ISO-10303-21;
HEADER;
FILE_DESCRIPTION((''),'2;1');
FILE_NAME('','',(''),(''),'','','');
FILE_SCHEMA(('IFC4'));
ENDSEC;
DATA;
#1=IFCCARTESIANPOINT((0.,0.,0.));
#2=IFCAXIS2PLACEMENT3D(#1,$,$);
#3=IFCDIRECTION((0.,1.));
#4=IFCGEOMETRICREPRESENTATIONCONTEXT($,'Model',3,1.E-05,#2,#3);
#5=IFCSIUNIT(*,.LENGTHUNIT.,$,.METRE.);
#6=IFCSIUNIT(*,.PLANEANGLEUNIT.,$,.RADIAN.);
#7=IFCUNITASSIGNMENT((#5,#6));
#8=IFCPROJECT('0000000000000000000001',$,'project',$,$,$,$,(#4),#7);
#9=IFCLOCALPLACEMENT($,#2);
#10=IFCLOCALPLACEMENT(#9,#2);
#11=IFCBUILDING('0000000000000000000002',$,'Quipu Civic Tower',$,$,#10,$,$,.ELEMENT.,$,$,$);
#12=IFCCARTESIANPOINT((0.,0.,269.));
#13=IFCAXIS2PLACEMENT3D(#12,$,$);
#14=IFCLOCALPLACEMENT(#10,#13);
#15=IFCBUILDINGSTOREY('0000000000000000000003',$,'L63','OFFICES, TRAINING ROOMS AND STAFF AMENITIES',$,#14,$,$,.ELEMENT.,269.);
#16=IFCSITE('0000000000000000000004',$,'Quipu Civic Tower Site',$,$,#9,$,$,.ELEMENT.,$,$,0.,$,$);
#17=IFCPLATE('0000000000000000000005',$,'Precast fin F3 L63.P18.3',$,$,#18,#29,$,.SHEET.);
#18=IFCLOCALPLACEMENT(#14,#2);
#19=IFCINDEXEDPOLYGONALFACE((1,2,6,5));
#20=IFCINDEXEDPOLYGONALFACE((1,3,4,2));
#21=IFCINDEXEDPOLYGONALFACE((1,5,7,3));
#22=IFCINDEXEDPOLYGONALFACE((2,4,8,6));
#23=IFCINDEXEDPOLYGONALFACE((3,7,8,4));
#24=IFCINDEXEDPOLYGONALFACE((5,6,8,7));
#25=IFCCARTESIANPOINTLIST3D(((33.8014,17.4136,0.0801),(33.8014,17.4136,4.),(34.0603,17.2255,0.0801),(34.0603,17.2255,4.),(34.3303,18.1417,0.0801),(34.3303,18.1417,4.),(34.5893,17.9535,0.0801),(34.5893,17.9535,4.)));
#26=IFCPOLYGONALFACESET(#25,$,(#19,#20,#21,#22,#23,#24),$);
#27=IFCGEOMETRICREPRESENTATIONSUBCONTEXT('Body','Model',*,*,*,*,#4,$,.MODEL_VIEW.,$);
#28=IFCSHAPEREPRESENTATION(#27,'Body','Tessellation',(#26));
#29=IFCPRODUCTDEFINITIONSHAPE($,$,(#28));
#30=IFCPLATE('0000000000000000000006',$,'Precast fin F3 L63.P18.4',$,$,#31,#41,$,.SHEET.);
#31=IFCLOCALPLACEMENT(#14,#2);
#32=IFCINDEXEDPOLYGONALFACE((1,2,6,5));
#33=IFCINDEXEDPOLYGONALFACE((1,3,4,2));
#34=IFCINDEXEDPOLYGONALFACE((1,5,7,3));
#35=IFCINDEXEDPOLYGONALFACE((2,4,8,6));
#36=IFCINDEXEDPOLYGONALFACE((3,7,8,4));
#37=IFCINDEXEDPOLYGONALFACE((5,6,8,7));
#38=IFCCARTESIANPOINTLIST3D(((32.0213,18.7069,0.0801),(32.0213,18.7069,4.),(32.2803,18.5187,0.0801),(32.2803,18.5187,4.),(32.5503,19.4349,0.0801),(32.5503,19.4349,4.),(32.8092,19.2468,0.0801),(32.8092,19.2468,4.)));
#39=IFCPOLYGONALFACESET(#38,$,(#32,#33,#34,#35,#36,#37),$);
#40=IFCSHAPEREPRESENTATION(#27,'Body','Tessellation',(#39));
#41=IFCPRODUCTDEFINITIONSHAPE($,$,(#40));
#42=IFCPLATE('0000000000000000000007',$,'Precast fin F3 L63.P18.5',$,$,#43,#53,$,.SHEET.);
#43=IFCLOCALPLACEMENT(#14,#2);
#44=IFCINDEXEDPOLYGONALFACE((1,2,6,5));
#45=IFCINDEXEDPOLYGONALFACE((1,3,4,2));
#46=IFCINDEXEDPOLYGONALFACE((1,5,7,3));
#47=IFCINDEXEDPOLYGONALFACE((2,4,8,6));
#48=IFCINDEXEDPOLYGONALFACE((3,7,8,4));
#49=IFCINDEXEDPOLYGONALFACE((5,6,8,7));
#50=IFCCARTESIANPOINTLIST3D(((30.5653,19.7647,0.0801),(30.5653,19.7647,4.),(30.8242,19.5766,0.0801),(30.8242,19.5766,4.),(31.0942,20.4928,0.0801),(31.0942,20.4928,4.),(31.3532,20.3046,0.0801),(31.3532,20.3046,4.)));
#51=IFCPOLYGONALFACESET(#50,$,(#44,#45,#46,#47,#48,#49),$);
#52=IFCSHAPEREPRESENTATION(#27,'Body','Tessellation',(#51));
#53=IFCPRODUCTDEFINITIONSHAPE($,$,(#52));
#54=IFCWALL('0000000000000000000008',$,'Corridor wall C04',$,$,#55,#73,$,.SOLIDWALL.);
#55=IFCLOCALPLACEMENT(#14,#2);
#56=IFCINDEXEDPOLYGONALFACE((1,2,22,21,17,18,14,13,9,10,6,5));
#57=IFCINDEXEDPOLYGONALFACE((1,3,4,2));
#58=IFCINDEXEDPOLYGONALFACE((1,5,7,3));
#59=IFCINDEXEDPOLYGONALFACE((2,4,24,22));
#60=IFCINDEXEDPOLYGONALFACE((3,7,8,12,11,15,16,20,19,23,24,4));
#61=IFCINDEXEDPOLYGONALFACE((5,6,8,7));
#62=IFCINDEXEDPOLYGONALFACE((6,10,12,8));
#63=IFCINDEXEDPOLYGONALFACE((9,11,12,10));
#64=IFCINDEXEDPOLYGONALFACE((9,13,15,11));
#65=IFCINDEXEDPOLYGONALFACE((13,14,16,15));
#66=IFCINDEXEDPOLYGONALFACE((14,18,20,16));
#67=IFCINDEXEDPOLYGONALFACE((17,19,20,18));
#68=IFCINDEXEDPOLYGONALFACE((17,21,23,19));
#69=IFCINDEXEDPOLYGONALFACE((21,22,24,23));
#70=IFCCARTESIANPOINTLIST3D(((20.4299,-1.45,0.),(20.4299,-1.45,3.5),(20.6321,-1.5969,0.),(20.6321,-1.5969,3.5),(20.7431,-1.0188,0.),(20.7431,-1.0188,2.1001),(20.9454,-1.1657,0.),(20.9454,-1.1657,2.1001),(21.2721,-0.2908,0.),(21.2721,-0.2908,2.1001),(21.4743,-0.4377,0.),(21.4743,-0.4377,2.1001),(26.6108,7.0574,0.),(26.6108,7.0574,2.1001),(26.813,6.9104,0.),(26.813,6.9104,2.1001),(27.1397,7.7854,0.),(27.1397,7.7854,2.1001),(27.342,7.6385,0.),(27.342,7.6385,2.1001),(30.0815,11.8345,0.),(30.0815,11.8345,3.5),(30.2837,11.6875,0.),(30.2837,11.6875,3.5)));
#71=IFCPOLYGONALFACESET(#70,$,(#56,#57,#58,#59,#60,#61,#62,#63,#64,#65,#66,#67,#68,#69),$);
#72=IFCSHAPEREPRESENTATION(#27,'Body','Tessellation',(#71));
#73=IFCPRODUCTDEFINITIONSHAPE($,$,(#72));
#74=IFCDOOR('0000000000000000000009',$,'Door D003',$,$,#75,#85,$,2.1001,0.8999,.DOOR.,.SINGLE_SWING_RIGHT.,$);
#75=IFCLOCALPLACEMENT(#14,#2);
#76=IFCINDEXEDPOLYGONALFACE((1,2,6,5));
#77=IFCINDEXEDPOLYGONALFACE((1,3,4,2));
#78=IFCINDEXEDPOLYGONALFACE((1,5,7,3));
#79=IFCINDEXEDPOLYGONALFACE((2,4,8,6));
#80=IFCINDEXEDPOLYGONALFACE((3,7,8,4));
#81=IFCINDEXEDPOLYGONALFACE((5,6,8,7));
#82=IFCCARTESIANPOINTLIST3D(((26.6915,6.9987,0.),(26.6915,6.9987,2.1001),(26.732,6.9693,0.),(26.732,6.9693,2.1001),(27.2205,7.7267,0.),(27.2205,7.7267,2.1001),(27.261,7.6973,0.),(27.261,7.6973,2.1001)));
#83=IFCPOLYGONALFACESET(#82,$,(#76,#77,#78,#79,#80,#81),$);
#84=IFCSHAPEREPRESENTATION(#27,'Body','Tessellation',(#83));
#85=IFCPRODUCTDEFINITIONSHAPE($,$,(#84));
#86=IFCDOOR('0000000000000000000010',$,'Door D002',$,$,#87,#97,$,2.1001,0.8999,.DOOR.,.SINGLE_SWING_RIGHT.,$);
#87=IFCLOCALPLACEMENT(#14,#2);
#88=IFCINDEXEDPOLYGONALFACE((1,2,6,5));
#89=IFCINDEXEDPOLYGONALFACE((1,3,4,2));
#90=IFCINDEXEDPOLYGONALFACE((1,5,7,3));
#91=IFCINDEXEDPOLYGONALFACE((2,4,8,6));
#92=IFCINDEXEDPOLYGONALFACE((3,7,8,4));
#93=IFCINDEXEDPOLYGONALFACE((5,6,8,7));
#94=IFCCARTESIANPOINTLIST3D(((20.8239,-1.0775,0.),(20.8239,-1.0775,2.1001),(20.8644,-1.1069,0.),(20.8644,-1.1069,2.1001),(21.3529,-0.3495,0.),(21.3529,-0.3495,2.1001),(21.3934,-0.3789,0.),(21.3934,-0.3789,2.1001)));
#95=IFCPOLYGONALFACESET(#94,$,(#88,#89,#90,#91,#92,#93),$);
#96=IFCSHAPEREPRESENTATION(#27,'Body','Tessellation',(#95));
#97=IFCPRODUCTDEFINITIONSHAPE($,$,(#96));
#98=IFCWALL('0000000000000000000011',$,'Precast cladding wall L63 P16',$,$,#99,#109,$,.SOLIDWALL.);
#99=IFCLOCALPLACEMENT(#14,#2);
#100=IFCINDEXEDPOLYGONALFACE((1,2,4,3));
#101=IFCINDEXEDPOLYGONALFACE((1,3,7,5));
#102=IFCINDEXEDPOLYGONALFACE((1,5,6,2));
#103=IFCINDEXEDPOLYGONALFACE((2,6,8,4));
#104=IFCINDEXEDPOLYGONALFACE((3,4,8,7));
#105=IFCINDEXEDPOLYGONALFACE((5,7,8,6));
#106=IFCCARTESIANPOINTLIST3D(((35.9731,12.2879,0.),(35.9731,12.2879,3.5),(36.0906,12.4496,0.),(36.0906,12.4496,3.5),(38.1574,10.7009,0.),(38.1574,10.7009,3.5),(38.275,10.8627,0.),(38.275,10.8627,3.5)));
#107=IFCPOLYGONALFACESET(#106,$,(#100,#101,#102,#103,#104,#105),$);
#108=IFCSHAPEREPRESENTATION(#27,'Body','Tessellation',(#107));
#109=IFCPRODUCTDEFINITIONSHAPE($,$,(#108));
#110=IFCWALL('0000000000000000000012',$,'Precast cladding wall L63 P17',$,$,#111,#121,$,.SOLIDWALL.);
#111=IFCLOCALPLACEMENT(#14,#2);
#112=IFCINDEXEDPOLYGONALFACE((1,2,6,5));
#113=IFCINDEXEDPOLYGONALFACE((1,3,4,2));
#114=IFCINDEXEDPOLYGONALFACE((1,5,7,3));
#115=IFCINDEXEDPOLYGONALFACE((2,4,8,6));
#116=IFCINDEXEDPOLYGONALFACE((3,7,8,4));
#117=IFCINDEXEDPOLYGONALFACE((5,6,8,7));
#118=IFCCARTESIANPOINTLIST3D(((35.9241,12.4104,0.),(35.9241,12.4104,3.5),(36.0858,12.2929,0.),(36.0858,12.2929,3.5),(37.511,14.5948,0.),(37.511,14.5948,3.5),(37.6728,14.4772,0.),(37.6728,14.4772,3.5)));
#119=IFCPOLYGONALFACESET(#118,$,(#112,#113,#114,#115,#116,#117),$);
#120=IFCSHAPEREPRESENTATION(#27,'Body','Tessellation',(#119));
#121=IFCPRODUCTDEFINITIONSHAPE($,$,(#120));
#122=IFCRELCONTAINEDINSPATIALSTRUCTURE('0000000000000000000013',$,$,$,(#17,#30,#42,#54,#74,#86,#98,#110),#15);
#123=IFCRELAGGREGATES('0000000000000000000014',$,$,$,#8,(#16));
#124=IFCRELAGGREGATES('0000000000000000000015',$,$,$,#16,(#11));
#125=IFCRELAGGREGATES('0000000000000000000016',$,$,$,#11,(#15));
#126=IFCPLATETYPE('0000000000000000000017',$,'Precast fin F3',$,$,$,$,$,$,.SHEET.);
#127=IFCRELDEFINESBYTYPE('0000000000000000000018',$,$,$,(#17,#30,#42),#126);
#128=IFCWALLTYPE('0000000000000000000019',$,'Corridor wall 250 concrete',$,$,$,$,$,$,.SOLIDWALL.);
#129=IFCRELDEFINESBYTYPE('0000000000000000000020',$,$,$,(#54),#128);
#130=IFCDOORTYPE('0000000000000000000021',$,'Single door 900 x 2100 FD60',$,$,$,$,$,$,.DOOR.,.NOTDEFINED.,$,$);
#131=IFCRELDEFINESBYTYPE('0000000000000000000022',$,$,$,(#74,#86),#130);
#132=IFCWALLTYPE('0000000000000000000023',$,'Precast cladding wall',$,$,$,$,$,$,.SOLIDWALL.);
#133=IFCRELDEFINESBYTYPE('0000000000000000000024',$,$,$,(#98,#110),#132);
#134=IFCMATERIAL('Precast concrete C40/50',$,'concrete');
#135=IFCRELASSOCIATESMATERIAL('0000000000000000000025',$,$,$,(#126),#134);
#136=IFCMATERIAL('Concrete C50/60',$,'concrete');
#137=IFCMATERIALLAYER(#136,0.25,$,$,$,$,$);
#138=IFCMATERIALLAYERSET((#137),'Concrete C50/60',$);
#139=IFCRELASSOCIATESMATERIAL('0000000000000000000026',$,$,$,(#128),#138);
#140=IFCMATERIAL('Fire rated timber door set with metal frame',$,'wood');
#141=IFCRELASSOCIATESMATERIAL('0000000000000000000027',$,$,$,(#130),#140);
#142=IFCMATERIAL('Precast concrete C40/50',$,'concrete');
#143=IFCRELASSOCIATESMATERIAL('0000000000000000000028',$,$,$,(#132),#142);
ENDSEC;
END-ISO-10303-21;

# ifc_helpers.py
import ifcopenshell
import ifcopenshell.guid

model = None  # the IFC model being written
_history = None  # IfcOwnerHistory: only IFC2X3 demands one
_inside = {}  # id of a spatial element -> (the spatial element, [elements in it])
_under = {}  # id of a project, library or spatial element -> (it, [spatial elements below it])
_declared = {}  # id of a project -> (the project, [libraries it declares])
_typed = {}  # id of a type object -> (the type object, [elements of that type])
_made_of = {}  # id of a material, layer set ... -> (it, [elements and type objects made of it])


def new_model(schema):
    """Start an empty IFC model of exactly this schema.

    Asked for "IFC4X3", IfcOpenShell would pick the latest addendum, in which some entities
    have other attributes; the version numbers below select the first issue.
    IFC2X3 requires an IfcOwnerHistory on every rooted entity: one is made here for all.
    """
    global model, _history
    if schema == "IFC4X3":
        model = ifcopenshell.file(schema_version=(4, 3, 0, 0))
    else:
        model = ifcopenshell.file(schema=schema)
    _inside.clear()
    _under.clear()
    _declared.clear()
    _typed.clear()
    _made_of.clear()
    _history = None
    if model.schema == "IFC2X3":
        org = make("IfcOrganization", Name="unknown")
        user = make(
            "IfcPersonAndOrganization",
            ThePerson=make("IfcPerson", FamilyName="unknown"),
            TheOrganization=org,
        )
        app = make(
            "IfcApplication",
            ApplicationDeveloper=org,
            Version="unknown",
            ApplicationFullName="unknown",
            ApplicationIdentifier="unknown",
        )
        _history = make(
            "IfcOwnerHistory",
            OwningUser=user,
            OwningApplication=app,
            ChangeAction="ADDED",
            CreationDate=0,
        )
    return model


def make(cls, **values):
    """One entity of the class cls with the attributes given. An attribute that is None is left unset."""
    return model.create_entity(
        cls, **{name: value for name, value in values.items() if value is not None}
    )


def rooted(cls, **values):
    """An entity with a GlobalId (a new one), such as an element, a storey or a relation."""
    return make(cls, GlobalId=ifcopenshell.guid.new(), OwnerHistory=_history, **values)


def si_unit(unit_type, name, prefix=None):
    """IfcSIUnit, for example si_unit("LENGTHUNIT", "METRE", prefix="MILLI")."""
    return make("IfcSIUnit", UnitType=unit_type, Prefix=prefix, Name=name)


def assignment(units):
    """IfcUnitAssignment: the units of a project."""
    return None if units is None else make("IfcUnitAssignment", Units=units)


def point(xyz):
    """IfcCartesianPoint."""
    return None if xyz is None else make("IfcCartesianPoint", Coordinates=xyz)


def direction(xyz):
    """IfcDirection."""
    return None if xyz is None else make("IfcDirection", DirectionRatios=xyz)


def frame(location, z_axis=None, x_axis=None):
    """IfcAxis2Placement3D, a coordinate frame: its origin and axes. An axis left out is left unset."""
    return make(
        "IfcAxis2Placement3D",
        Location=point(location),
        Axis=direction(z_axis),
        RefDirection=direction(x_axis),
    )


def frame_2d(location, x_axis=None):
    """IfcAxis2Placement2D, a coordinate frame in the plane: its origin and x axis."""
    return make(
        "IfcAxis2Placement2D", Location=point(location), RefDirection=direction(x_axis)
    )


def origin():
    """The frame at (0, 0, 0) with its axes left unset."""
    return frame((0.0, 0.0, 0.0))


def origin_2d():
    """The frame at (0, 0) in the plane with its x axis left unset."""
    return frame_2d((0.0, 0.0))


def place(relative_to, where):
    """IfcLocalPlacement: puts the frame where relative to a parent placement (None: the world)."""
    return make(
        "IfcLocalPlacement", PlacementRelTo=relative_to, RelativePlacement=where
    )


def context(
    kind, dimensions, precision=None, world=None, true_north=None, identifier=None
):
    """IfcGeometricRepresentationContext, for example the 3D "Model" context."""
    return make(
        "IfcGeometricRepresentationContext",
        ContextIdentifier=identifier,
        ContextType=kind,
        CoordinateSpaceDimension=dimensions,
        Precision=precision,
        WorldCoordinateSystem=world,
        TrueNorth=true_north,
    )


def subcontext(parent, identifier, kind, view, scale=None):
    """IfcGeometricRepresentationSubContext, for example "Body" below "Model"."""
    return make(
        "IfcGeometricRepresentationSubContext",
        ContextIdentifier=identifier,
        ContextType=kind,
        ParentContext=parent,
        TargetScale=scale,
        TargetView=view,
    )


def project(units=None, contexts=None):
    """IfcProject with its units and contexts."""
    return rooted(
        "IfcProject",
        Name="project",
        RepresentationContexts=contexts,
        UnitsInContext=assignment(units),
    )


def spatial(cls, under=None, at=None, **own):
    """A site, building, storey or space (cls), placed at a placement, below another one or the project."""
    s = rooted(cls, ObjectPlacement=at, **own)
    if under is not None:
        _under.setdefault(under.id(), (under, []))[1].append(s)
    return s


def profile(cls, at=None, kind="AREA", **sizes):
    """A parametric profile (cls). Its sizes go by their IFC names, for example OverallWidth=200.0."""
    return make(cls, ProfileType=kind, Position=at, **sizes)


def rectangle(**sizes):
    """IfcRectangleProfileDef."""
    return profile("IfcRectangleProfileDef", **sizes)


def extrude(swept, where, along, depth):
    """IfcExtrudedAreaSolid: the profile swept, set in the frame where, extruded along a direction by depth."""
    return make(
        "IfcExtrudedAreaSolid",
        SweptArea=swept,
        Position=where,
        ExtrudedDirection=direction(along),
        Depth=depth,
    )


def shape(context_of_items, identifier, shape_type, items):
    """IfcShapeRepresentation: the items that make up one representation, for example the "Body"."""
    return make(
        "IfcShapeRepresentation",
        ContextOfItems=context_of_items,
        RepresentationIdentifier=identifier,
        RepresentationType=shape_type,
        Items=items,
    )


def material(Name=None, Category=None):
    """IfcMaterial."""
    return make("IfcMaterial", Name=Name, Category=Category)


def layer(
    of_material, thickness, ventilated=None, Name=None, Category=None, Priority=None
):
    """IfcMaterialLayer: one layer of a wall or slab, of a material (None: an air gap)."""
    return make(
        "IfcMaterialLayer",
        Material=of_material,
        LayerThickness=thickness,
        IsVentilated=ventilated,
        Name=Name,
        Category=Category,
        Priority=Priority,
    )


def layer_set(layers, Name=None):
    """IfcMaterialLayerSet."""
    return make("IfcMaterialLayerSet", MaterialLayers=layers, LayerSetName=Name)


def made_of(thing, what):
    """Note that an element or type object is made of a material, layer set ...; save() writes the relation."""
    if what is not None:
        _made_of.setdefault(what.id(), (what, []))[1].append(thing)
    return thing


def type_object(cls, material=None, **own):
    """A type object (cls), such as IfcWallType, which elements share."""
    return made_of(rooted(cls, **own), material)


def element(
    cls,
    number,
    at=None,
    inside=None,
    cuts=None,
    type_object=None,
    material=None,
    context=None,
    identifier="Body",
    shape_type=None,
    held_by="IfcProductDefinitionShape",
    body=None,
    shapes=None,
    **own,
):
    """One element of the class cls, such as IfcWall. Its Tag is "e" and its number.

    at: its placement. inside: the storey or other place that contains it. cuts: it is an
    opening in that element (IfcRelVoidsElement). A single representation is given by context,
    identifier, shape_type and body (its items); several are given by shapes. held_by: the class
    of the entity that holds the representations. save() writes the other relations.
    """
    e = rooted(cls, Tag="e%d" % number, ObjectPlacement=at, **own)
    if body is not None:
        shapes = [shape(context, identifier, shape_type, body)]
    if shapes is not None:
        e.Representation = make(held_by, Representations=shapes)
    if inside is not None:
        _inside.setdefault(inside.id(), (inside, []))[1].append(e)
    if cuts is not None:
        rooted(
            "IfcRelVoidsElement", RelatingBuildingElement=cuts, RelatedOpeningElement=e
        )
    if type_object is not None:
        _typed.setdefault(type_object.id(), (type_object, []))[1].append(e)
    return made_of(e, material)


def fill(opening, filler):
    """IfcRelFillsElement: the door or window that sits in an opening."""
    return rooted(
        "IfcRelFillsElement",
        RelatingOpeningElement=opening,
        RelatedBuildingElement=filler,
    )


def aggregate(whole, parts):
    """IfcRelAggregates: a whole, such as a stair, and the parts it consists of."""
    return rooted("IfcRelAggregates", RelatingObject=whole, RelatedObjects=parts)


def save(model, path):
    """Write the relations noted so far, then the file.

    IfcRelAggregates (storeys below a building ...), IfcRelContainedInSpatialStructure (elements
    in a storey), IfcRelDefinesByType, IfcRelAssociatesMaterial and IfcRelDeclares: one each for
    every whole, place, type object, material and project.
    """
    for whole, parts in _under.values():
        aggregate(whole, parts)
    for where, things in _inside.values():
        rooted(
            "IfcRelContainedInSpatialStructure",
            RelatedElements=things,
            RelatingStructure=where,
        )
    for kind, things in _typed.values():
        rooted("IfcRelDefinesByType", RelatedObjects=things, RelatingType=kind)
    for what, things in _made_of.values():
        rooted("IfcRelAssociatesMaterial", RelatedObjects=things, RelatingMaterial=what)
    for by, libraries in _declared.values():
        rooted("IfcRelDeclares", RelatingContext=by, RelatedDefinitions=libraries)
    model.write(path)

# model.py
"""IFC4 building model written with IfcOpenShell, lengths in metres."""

from ifc_helpers import new_model, si_unit, direction, frame, frame_2d, origin, origin_2d, place, context, subcontext, project, spatial, rectangle, extrude, material, layer, layer_set, type_object, element, fill, save


model = new_model("IFC4")

# Units and contexts
model_context = context("Model", 3, precision=1e-05, world=origin(), true_north=direction((0.0, 1.0)))
body_context = subcontext(model_context, "Body", "Model", "MODEL_VIEW")
ifc_project = project(units=[si_unit("LENGTHUNIT", "METRE"), si_unit("PLANEANGLEUNIT", "RADIAN")], contexts=[model_context])

# Site, building, storey
site_placement = place(None, origin())
site = spatial("IfcSite", under=ifc_project, at=site_placement, Name="Quipu Civic Tower Site", CompositionType="ELEMENT", RefElevation=0.0)
building_placement = place(site_placement, origin())
building = spatial("IfcBuilding", under=site, at=building_placement, Name="Quipu Civic Tower", CompositionType="ELEMENT")
storey_placement = place(building_placement, frame((0.0, 0.0, 269.0)))
storey = spatial("IfcBuildingStorey", under=building, at=storey_placement, Name="L63", Description="OFFICES, TRAINING ROOMS AND STAFF AMENITIES", CompositionType="ELEMENT", Elevation=269.0)

# Plates
ifc_material_1 = material(Name="Precast concrete C40/50", Category="concrete")
plate_type_1 = type_object("IfcPlateType", Name="Precast fin F3", PredefinedType="SHEET", material=ifc_material_1)
for number, where, z_axis, x_axis, name in (
    (1, (34.1953, 17.6836, 0.0801), (0.0, 0.0, 1.0), (-0.809017, 0.587785, 0.0), "Precast fin F3 L63.P18.3"),
    (2, (32.4153, 18.9768, 0.0801), (0.0, 0.0, 1.0), (-0.809017, 0.587785, 0.0), "Precast fin F3 L63.P18.4"),
    (3, (30.9592, 20.0347, 0.0801), (0.0, 0.0, 1.0), (-0.809017, 0.587785, 0.0), "Precast fin F3 L63.P18.5"),
):
    element("IfcPlate", number, at=place(storey_placement, frame(where, z_axis=z_axis, x_axis=x_axis)), inside=storey, type_object=plate_type_1, Name=name, PredefinedType="SHEET", context=body_context, shape_type="SweptSolid", body=[
        extrude(rectangle(XDim=0.3201, YDim=0.8999, at=origin_2d()), origin(), (0.0, 0.0, 1.0), 3.9199),
    ])

# Wall, openings, doors
ifc_material_2 = material(Name="Concrete C50/60", Category="concrete")
ifc_layer_1 = layer(ifc_material_2, 0.25)
ifc_layer_set_1 = layer_set([ifc_layer_1], Name="Concrete C50/60")
wall_type_1 = type_object("IfcWallType", Name="Corridor wall 250 concrete", PredefinedType="SOLIDWALL", material=ifc_layer_set_1)
wall_placement = place(storey_placement, frame((30.1826, 11.761, 0.0), z_axis=(0.0, 0.0, 1.0), x_axis=(-0.587782, -0.80902, 0.0)))
wall = element("IfcWall", 4, at=wall_placement, inside=storey, type_object=wall_type_1, Name="Corridor wall C04", PredefinedType="SOLIDWALL", context=body_context, shape_type="SweptSolid", body=[
    extrude(rectangle(XDim=16.4204, YDim=0.25, at=frame_2d((8.2102, 0.0))), origin(), (0.0, 0.0, 1.0), 3.5),
])
opening_1_placement = place(wall_placement, frame((5.0049, 0.0, 0.0)))
opening_1 = element("IfcOpeningElement", 5, at=opening_1_placement, cuts=wall, PredefinedType="OPENING", context=body_context, shape_type="SweptSolid", body=[
    extrude(rectangle(XDim=0.8999, YDim=2.1001, at=frame_2d((0.45, 1.05))), frame((0.0, 0.135, 0.0), z_axis=(0.0, -1.0, 0.0), x_axis=(1.0, 0.0, 0.0)), (0.0, 0.0, 1.0), 0.27),
])
opening_2_placement = place(wall_placement, frame((14.9875, 0.0, 0.0)))
opening_2 = element("IfcOpeningElement", 6, at=opening_2_placement, cuts=wall, PredefinedType="OPENING", context=body_context, shape_type="SweptSolid", body=[
    extrude(rectangle(XDim=0.8999, YDim=2.1001, at=frame_2d((0.45, 1.05))), frame((0.0, 0.135, 0.0), z_axis=(0.0, -1.0, 0.0), x_axis=(1.0, 0.0, 0.0)), (0.0, 0.0, 1.0), 0.27),
])
ifc_material_3 = material(Name="Fire rated timber door set with metal frame", Category="wood")
door_type = type_object("IfcDoorType", Name="Single door 900 x 2100 FD60", OperationType="NOTDEFINED", PredefinedType="DOOR", material=ifc_material_3)
door_1_placement = place(opening_1_placement, origin())
door_1 = element("IfcDoor", 7, at=door_1_placement, inside=storey, type_object=door_type, Name="Door D003", OperationType="SINGLE_SWING_RIGHT", OverallHeight=2.1001, OverallWidth=0.8999, PredefinedType="DOOR", context=body_context, shape_type="SweptSolid", body=[
    extrude(rectangle(XDim=0.8999, YDim=2.1001, at=frame_2d((0.45, 1.05))), frame((0.0, 0.0249, 0.0), z_axis=(0.0, -1.0, 0.0), x_axis=(1.0, 0.0, 0.0)), (0.0, 0.0, 1.0), 0.05),
])
fill(opening_1, door_1)
door_2_placement = place(opening_2_placement, origin())
door_2 = element("IfcDoor", 8, at=door_2_placement, inside=storey, type_object=door_type, Name="Door D002", OperationType="SINGLE_SWING_RIGHT", OverallHeight=2.1001, OverallWidth=0.8999, PredefinedType="DOOR", context=body_context, shape_type="SweptSolid", body=[
    extrude(rectangle(XDim=0.8999, YDim=2.1001, at=frame_2d((0.45, 1.05))), frame((0.0, 0.0249, 0.0), z_axis=(0.0, -1.0, 0.0), x_axis=(1.0, 0.0, 0.0)), (0.0, 0.0, 1.0), 0.05),
])
fill(opening_2, door_2)

# Walls
ifc_material_4 = material(Name="Precast concrete C40/50", Category="concrete")
wall_type_2 = type_object("IfcWallType", Name="Precast cladding wall", PredefinedType="SOLIDWALL", material=ifc_material_4)
for number, where, z_axis, x_axis, name in (
    (9, (38.2163, 10.7817, 0.0), (0.0, 0.0, 1.0), (-0.809033, 0.587763, 0.0), "Precast cladding wall L63 P16"),
    (10, (36.0049, 12.3516, 0.0), (0.0, 0.0, 1.0), (0.587763, 0.809033, 0.0), "Precast cladding wall L63 P17"),
):
    element("IfcWall", number, at=place(storey_placement, frame(where, z_axis=z_axis, x_axis=x_axis)), inside=storey, type_object=wall_type_2, Name=name, PredefinedType="SOLIDWALL", context=body_context, shape_type="SweptSolid", body=[
        extrude(rectangle(XDim=2.7, YDim=0.2, at=frame_2d((1.3501, 0.0))), origin(), (0.0, 0.0, 1.0), 3.5),
    ])

save(model, "model.ifc")
